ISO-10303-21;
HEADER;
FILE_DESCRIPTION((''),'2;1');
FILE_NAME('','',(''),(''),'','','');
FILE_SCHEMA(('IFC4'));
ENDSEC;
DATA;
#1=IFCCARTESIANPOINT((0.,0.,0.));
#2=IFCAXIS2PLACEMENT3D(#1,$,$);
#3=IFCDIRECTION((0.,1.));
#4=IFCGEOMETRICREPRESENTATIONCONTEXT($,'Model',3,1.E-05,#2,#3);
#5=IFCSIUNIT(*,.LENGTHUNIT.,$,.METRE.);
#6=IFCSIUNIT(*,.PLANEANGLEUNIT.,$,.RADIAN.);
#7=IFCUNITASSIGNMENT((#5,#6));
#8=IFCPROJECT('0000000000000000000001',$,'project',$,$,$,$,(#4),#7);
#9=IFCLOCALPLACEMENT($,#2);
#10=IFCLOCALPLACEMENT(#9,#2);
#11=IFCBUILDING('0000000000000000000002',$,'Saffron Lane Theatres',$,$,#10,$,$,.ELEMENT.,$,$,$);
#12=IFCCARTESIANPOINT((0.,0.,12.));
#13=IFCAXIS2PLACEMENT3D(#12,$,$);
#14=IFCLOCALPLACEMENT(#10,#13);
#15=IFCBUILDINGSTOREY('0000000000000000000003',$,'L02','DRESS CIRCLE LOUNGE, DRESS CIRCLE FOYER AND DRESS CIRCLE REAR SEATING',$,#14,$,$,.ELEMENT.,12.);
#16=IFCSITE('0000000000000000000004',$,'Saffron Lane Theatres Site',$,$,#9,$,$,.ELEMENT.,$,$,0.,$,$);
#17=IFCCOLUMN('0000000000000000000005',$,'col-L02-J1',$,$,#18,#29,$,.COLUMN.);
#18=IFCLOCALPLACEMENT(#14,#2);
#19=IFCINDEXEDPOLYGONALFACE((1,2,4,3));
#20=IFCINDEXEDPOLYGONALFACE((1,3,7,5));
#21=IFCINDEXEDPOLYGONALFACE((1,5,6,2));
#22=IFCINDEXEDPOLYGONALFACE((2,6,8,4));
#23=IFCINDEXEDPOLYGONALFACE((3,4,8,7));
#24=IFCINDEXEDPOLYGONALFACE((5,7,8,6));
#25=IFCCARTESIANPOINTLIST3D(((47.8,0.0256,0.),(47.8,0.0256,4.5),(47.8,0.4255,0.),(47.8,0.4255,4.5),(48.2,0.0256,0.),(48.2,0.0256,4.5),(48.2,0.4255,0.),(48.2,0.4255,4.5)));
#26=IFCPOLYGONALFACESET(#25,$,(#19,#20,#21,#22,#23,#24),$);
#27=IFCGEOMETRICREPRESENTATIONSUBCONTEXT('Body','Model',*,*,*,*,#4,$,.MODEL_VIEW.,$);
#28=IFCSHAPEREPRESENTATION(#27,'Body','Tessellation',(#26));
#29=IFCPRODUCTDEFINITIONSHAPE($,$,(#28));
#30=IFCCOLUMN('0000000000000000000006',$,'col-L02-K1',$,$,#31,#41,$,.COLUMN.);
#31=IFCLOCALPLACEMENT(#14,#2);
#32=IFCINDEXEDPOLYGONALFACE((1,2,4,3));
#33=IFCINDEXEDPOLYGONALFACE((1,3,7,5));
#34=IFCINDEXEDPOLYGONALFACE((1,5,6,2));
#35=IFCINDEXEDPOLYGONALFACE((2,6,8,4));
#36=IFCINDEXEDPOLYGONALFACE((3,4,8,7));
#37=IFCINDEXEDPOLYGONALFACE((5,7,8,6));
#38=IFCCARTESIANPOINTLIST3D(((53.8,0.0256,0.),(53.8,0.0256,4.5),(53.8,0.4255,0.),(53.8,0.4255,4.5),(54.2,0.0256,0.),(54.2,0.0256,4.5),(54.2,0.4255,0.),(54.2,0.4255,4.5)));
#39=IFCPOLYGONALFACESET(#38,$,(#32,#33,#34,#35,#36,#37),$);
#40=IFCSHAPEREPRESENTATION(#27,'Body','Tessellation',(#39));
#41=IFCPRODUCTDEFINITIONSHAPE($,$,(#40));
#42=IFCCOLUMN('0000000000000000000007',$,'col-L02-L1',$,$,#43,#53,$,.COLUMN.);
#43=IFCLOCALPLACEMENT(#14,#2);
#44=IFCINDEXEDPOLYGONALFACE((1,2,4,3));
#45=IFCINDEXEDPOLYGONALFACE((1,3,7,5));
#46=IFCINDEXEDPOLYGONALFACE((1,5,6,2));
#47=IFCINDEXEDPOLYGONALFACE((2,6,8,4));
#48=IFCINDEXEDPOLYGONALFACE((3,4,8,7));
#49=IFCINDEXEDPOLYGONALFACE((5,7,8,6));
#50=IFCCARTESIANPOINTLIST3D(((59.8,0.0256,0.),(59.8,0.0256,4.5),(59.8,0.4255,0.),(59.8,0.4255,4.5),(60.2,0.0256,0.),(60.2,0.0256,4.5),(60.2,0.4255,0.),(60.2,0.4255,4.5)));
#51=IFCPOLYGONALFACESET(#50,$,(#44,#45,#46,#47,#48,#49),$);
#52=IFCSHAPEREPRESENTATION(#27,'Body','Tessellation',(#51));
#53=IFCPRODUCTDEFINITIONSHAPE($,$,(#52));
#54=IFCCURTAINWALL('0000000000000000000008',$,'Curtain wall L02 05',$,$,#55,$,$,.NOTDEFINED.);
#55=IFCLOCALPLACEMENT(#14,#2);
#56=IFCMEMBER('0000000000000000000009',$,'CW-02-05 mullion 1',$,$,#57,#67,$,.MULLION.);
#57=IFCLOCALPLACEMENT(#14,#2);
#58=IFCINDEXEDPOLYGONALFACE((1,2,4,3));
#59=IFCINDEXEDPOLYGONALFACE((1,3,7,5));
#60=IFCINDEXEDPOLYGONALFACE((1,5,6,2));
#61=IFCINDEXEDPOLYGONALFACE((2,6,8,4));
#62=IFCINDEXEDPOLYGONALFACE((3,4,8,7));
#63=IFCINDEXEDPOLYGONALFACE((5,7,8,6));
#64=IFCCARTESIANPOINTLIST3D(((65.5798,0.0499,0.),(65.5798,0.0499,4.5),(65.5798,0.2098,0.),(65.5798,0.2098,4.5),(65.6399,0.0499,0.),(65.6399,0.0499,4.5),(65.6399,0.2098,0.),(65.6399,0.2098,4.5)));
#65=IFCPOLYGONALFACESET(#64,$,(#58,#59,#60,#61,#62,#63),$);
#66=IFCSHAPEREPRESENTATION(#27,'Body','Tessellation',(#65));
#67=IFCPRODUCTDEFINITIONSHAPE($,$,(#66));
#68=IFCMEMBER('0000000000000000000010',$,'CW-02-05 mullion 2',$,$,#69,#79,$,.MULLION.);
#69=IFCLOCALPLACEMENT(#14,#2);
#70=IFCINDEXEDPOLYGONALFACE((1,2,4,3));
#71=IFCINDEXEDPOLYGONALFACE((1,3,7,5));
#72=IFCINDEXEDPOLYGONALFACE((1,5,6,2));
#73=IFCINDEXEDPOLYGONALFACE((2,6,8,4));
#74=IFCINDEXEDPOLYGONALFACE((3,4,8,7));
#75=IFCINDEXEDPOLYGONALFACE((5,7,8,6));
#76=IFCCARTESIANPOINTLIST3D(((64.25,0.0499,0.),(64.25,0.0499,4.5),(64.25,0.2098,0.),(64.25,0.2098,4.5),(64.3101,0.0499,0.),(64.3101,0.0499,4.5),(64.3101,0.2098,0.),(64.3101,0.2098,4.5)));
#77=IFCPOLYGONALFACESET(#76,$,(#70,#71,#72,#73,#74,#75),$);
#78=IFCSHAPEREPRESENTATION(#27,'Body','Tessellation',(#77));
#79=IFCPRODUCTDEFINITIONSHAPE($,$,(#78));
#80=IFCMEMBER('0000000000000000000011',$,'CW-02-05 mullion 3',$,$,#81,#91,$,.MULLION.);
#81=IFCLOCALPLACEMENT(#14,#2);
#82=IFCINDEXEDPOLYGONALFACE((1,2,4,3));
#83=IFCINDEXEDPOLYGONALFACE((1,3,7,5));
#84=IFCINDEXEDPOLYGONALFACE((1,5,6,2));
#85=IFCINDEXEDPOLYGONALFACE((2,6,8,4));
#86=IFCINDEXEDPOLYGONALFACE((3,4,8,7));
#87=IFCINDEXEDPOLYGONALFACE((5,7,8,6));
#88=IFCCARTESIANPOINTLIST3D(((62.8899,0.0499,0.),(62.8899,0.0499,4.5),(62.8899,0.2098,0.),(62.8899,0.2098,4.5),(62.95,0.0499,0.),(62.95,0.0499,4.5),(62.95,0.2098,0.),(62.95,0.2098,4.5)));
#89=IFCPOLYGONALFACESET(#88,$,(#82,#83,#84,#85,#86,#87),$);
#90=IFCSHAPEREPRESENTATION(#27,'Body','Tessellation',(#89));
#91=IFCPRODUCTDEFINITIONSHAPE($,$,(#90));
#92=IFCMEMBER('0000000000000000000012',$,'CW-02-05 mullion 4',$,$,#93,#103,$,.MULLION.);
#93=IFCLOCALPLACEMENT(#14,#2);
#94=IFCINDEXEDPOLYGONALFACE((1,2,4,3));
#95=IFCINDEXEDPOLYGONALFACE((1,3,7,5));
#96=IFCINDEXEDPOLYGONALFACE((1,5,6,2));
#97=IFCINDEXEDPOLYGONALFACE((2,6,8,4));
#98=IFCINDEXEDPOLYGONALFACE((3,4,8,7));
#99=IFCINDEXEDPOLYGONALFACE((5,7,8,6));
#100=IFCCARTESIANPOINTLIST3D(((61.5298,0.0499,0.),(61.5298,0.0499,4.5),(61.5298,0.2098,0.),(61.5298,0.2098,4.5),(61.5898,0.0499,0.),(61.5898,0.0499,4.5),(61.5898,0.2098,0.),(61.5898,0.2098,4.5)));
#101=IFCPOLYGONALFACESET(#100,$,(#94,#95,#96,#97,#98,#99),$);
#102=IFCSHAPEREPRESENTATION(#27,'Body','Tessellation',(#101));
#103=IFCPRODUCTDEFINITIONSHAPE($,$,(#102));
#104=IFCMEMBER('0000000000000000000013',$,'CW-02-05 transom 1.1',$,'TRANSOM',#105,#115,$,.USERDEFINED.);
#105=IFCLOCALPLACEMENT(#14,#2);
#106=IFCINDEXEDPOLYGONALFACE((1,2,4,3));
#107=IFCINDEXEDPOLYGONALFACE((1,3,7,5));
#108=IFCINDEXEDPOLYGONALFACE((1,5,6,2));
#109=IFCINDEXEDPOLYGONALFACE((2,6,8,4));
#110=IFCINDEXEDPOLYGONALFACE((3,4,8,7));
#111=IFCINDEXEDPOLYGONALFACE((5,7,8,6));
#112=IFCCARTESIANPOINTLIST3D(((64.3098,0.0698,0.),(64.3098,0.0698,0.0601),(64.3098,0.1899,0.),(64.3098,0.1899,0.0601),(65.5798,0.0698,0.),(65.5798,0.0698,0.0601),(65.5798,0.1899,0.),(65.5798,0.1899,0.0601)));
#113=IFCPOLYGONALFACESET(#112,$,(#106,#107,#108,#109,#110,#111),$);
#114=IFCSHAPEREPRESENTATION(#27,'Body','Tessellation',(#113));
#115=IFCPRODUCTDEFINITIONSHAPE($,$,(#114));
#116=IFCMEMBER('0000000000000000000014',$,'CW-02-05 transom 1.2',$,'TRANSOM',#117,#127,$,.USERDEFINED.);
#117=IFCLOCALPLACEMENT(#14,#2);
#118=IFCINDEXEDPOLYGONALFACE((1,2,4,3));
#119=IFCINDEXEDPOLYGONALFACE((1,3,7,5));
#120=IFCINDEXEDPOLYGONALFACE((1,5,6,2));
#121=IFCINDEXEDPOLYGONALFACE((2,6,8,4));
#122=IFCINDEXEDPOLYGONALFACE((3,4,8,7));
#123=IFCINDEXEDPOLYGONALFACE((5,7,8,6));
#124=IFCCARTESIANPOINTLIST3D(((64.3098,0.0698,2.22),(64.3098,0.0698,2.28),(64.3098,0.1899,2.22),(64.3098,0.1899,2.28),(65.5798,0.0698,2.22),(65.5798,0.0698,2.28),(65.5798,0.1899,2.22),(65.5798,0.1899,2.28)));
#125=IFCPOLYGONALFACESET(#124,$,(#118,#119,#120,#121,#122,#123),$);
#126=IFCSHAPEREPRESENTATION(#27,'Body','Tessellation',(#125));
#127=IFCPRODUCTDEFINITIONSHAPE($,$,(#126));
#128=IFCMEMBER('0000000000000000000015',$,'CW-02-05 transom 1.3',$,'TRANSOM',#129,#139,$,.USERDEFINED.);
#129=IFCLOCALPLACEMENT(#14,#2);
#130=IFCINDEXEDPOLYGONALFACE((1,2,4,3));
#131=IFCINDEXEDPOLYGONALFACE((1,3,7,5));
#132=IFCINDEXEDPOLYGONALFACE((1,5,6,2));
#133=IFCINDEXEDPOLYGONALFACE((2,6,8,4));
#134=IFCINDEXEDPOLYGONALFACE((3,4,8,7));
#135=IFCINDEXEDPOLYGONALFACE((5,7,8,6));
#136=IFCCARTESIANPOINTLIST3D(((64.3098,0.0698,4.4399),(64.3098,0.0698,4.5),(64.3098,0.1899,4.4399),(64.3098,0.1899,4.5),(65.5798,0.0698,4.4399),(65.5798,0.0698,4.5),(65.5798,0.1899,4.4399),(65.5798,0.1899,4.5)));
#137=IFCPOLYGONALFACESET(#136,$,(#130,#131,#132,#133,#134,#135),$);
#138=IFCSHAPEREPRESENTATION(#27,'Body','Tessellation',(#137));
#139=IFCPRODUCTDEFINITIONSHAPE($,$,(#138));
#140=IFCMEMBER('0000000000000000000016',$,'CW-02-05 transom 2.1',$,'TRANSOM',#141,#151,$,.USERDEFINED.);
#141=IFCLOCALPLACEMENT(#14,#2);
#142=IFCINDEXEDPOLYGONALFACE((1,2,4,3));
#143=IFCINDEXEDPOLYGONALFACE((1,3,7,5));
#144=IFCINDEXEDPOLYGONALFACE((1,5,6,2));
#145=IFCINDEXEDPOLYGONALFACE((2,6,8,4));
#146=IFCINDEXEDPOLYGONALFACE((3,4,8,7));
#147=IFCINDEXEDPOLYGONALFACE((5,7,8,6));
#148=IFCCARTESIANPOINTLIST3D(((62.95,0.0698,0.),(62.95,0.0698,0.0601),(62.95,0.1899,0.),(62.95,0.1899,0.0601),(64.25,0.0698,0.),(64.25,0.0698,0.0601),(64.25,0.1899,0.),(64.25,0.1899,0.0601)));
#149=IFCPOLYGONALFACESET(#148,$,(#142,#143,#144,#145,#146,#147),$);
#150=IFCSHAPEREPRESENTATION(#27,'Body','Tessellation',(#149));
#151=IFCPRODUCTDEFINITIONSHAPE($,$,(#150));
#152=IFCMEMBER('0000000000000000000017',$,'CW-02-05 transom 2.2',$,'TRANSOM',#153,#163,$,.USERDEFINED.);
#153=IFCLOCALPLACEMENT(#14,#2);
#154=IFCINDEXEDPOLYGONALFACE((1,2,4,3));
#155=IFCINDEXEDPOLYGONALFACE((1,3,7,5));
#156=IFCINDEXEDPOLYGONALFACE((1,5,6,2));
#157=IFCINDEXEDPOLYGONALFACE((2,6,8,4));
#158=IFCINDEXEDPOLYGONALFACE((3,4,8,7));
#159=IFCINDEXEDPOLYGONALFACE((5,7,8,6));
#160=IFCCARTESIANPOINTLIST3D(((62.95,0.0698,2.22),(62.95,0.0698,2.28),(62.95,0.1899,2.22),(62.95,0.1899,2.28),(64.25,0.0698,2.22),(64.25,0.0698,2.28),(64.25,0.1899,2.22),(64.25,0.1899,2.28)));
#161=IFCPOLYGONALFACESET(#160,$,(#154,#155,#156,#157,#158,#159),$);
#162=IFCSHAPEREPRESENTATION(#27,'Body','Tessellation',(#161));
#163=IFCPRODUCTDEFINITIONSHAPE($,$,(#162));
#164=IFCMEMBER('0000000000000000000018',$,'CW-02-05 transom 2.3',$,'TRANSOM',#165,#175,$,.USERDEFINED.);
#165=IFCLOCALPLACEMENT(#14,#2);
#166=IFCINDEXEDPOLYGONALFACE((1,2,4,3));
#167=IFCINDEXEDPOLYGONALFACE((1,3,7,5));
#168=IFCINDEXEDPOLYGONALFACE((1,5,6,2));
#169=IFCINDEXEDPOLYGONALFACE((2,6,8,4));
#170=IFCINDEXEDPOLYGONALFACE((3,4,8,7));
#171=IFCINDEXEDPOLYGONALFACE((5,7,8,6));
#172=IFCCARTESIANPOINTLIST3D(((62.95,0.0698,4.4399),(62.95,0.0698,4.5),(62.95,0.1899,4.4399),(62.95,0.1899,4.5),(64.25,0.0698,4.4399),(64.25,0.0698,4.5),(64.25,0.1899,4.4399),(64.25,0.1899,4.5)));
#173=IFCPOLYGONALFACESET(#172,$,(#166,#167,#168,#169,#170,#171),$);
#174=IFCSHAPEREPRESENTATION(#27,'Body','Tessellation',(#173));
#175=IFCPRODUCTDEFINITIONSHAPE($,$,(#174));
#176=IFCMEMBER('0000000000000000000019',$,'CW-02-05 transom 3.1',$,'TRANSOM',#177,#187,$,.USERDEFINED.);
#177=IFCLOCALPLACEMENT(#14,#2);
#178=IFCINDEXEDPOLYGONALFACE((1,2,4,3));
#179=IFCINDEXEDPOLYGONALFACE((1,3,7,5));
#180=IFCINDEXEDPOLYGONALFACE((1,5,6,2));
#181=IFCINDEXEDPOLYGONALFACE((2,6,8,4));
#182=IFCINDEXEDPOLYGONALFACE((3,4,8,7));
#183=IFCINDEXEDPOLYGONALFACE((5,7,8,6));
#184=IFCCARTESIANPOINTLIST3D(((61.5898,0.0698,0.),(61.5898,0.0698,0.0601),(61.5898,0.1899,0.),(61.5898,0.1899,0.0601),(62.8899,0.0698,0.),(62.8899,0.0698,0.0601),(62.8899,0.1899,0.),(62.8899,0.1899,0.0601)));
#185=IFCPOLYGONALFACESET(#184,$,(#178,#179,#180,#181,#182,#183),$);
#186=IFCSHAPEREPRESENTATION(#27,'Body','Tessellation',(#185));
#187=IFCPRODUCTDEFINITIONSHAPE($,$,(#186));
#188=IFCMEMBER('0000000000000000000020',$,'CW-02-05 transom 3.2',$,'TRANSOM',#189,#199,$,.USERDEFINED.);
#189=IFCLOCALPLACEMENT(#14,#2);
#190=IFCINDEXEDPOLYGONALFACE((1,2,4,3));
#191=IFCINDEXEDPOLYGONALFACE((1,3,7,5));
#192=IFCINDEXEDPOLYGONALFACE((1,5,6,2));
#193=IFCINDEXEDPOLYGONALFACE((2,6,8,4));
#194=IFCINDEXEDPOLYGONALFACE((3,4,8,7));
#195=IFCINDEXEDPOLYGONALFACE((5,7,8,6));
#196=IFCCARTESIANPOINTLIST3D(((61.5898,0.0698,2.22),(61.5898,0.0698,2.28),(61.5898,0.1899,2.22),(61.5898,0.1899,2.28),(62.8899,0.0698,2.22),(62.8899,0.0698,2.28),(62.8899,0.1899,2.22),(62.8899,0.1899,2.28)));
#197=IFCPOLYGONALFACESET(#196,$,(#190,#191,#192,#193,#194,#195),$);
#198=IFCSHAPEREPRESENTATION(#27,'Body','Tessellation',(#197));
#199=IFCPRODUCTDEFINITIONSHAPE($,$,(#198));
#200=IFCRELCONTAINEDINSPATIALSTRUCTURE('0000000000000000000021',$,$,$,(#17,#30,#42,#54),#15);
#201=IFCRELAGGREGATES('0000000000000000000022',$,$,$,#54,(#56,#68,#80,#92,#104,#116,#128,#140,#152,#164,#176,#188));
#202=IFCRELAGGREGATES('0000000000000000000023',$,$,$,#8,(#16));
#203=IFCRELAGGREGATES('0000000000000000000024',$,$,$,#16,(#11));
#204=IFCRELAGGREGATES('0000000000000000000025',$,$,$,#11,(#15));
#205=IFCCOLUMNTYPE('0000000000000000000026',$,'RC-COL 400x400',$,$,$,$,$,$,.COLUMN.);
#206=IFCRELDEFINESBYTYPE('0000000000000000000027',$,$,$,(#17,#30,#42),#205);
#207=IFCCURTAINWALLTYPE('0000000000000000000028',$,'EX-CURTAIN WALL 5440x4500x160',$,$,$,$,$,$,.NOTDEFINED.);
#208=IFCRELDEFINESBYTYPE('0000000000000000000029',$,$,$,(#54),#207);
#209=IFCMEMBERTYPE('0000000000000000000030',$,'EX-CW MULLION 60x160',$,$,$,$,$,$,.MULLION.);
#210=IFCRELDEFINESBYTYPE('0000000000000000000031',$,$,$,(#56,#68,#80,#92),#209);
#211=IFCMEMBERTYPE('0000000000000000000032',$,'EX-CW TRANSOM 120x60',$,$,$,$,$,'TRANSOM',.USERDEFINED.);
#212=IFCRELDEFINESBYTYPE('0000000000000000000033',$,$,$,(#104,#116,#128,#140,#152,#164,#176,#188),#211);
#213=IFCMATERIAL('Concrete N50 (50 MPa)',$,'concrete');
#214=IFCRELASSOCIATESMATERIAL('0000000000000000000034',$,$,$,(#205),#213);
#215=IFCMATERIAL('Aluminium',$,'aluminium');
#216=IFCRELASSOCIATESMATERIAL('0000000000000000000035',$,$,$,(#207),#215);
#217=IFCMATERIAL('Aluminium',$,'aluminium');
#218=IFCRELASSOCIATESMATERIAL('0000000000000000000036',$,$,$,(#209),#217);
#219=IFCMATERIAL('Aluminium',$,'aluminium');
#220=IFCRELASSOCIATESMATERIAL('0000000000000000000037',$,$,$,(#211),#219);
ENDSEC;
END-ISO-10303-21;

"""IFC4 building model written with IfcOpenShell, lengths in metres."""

from ifc_helpers import new_model, si_unit, direction, frame, origin, origin_2d, place, context, subcontext, project, spatial, rectangle, extrude, material, material_profile, profile_set, type_object, element, aggregate, save


model = new_model("IFC4")

# Units and contexts
model_context = context("Model", 3, precision=1e-05, world=origin(), true_north=direction((0.0, 1.0)))
body_context = subcontext(model_context, "Body", "Model", "MODEL_VIEW")
ifc_project = project(units=[si_unit("LENGTHUNIT", "METRE"), si_unit("PLANEANGLEUNIT", "RADIAN")], contexts=[model_context])

# Site, building, storey
site_placement = place(None, origin())
site = spatial("IfcSite", under=ifc_project, at=site_placement, Name="Saffron Lane Theatres Site", CompositionType="ELEMENT", RefElevation=0.0)
building_placement = place(site_placement, origin())
building = spatial("IfcBuilding", under=site, at=building_placement, Name="Saffron Lane Theatres", CompositionType="ELEMENT")
storey_placement = place(building_placement, frame((0.0, 0.0, 12.0)))
storey = spatial("IfcBuildingStorey", under=building, at=storey_placement, Name="L02", Description="DRESS CIRCLE LOUNGE, DRESS CIRCLE FOYER AND DRESS CIRCLE REAR SEATING", CompositionType="ELEMENT", Elevation=12.0)

# Columns
ifc_material_1 = material(Name="Concrete N50 (50 MPa)", Category="concrete")
ifc_material_profile_1 = material_profile(ifc_material_1, rectangle(XDim=0.3999, YDim=0.3999, at=origin_2d()))
ifc_profile_set_1 = profile_set([ifc_material_profile_1], Name="Concrete N50 (50 MPa)")
column_type = type_object("IfcColumnType", Name="RC-COL 400x400", PredefinedType="COLUMN", material=ifc_profile_set_1)
for number, where, z_axis, x_axis, name in (
    (1, (48.0, 0.2256, 0.0), (0.0, 0.0, 1.0), (1.0, 0.0, 0.0), "col-L02-J1"),
    (2, (54.0, 0.2256, 0.0), (0.0, 0.0, 1.0), (1.0, 0.0, 0.0), "col-L02-K1"),
    (3, (60.0, 0.2256, 0.0), (0.0, 0.0, 1.0), (1.0, 0.0, 0.0), "col-L02-L1"),
):
    element("IfcColumn", number, at=place(storey_placement, frame(where, z_axis=z_axis, x_axis=x_axis)), inside=storey, type_object=column_type, Name=name, PredefinedType="COLUMN", context=body_context, shape_type="SweptSolid", body=[
        extrude(rectangle(XDim=0.3999, YDim=0.3999, at=origin_2d()), origin(), (0.0, 0.0, 1.0), 4.5),
    ])

# Curtain wall, members
ifc_material_2 = material(Name="Aluminium", Category="aluminium")
curtain_wall_type = type_object("IfcCurtainWallType", Name="EX-CURTAIN WALL 5440x4500x160", PredefinedType="NOTDEFINED", material=ifc_material_2)
curtain_wall_placement = place(storey_placement, origin())
curtain_wall = element("IfcCurtainWall", 4, at=curtain_wall_placement, inside=storey, type_object=curtain_wall_type, Name="Curtain wall L02 05", PredefinedType="NOTDEFINED")
ifc_material_3 = material(Name="Aluminium", Category="aluminium")
ifc_material_profile_2 = material_profile(ifc_material_3, rectangle(XDim=0.0601, YDim=0.1599, at=origin_2d()))
ifc_profile_set_2 = profile_set([ifc_material_profile_2], Name="Aluminium")
member_type_1 = type_object("IfcMemberType", Name="EX-CW MULLION 60x160", PredefinedType="MULLION", material=ifc_profile_set_2)
member_1_placement = place(storey_placement, frame((65.6099, 0.1299, 0.0), z_axis=(0.0, 0.0, 1.0), x_axis=(-1.0, 0.0, 0.0)))
member_1 = element("IfcMember", 5, at=member_1_placement, type_object=member_type_1, Name="CW-02-05 mullion 1", PredefinedType="MULLION", context=body_context, shape_type="SweptSolid", body=[
    extrude(rectangle(XDim=0.0601, YDim=0.1599, at=origin_2d()), origin(), (0.0, 0.0, 1.0), 4.5),
])
member_2_placement = place(storey_placement, frame((64.28, 0.1299, 0.0), z_axis=(0.0, 0.0, 1.0), x_axis=(-1.0, 0.0, 0.0)))
member_2 = element("IfcMember", 6, at=member_2_placement, type_object=member_type_1, Name="CW-02-05 mullion 2", PredefinedType="MULLION", context=body_context, shape_type="SweptSolid", body=[
    extrude(rectangle(XDim=0.0601, YDim=0.1599, at=origin_2d()), origin(), (0.0, 0.0, 1.0), 4.5),
])
member_3_placement = place(storey_placement, frame((62.9199, 0.1299, 0.0), z_axis=(0.0, 0.0, 1.0), x_axis=(-1.0, 0.0, 0.0)))
member_3 = element("IfcMember", 7, at=member_3_placement, type_object=member_type_1, Name="CW-02-05 mullion 3", PredefinedType="MULLION", context=body_context, shape_type="SweptSolid", body=[
    extrude(rectangle(XDim=0.0601, YDim=0.1599, at=origin_2d()), origin(), (0.0, 0.0, 1.0), 4.5),
])
member_4_placement = place(storey_placement, frame((61.5598, 0.1299, 0.0), z_axis=(0.0, 0.0, 1.0), x_axis=(-1.0, 0.0, 0.0)))
member_4 = element("IfcMember", 8, at=member_4_placement, type_object=member_type_1, Name="CW-02-05 mullion 4", PredefinedType="MULLION", context=body_context, shape_type="SweptSolid", body=[
    extrude(rectangle(XDim=0.0601, YDim=0.1599, at=origin_2d()), origin(), (0.0, 0.0, 1.0), 4.5),
])
ifc_material_4 = material(Name="Aluminium", Category="aluminium")
ifc_material_profile_3 = material_profile(ifc_material_4, rectangle(XDim=0.1201, YDim=0.0601, at=origin_2d()))
ifc_profile_set_3 = profile_set([ifc_material_profile_3], Name="Aluminium")
member_type_2 = type_object("IfcMemberType", Name="EX-CW TRANSOM 120x60", ElementType="TRANSOM", PredefinedType="USERDEFINED", material=ifc_profile_set_3)
member_5_placement = place(storey_placement, frame((65.5798, 0.1299, 0.03), z_axis=(-1.0, 0.0, 0.0), x_axis=(0.0, -1.0, 0.0)))
member_5 = element("IfcMember", 9, at=member_5_placement, type_object=member_type_2, Name="CW-02-05 transom 1.1", ObjectType="TRANSOM", PredefinedType="USERDEFINED", context=body_context, shape_type="SweptSolid", body=[
    extrude(rectangle(XDim=0.1201, YDim=0.0601, at=origin_2d()), origin(), (0.0, 0.0, 1.0), 1.27),
])
member_6_placement = place(storey_placement, frame((65.5798, 0.1299, 2.25), z_axis=(-1.0, 0.0, 0.0), x_axis=(0.0, -1.0, 0.0)))
member_6 = element("IfcMember", 10, at=member_6_placement, type_object=member_type_2, Name="CW-02-05 transom 1.2", ObjectType="TRANSOM", PredefinedType="USERDEFINED", context=body_context, shape_type="SweptSolid", body=[
    extrude(rectangle(XDim=0.1201, YDim=0.0601, at=origin_2d()), origin(), (0.0, 0.0, 1.0), 1.27),
])
member_7_placement = place(storey_placement, frame((65.5798, 0.1299, 4.47), z_axis=(-1.0, 0.0, 0.0), x_axis=(0.0, -1.0, 0.0)))
member_7 = element("IfcMember", 11, at=member_7_placement, type_object=member_type_2, Name="CW-02-05 transom 1.3", ObjectType="TRANSOM", PredefinedType="USERDEFINED", context=body_context, shape_type="SweptSolid", body=[
    extrude(rectangle(XDim=0.1201, YDim=0.0601, at=origin_2d()), origin(), (0.0, 0.0, 1.0), 1.27),
])
member_8_placement = place(storey_placement, frame((64.25, 0.1299, 0.03), z_axis=(-1.0, 0.0, 0.0), x_axis=(0.0, -1.0, 0.0)))
member_8 = element("IfcMember", 12, at=member_8_placement, type_object=member_type_2, Name="CW-02-05 transom 2.1", ObjectType="TRANSOM", PredefinedType="USERDEFINED", context=body_context, shape_type="SweptSolid", body=[
    extrude(rectangle(XDim=0.1201, YDim=0.0601, at=origin_2d()), origin(), (0.0, 0.0, 1.0), 1.3),
])
member_9_placement = place(storey_placement, frame((64.25, 0.1299, 2.25), z_axis=(-1.0, 0.0, 0.0), x_axis=(0.0, -1.0, 0.0)))
member_9 = element("IfcMember", 13, at=member_9_placement, type_object=member_type_2, Name="CW-02-05 transom 2.2", ObjectType="TRANSOM", PredefinedType="USERDEFINED", context=body_context, shape_type="SweptSolid", body=[
    extrude(rectangle(XDim=0.1201, YDim=0.0601, at=origin_2d()), origin(), (0.0, 0.0, 1.0), 1.3),
])
member_10_placement = place(storey_placement, frame((64.25, 0.1299, 4.47), z_axis=(-1.0, 0.0, 0.0), x_axis=(0.0, -1.0, 0.0)))
member_10 = element("IfcMember", 14, at=member_10_placement, type_object=member_type_2, Name="CW-02-05 transom 2.3", ObjectType="TRANSOM", PredefinedType="USERDEFINED", context=body_context, shape_type="SweptSolid", body=[
    extrude(rectangle(XDim=0.1201, YDim=0.0601, at=origin_2d()), origin(), (0.0, 0.0, 1.0), 1.3),
])
member_11_placement = place(storey_placement, frame((62.8899, 0.1299, 0.03), z_axis=(-1.0, 0.0, 0.0), x_axis=(0.0, -1.0, 0.0)))
member_11 = element("IfcMember", 15, at=member_11_placement, type_object=member_type_2, Name="CW-02-05 transom 3.1", ObjectType="TRANSOM", PredefinedType="USERDEFINED", context=body_context, shape_type="SweptSolid", body=[
    extrude(rectangle(XDim=0.1201, YDim=0.0601, at=origin_2d()), origin(), (0.0, 0.0, 1.0), 1.3),
])
member_12_placement = place(storey_placement, frame((62.8899, 0.1299, 2.25), z_axis=(-1.0, 0.0, 0.0), x_axis=(0.0, -1.0, 0.0)))
member_12 = element("IfcMember", 16, at=member_12_placement, type_object=member_type_2, Name="CW-02-05 transom 3.2", ObjectType="TRANSOM", PredefinedType="USERDEFINED", context=body_context, shape_type="SweptSolid", body=[
    extrude(rectangle(XDim=0.1201, YDim=0.0601, at=origin_2d()), origin(), (0.0, 0.0, 1.0), 1.3),
])
aggregate(curtain_wall, [member_1, member_2, member_3, member_4, member_5, member_6, member_7, member_8, member_9, member_10, member_11, member_12])

save(model, "model.ifc")
